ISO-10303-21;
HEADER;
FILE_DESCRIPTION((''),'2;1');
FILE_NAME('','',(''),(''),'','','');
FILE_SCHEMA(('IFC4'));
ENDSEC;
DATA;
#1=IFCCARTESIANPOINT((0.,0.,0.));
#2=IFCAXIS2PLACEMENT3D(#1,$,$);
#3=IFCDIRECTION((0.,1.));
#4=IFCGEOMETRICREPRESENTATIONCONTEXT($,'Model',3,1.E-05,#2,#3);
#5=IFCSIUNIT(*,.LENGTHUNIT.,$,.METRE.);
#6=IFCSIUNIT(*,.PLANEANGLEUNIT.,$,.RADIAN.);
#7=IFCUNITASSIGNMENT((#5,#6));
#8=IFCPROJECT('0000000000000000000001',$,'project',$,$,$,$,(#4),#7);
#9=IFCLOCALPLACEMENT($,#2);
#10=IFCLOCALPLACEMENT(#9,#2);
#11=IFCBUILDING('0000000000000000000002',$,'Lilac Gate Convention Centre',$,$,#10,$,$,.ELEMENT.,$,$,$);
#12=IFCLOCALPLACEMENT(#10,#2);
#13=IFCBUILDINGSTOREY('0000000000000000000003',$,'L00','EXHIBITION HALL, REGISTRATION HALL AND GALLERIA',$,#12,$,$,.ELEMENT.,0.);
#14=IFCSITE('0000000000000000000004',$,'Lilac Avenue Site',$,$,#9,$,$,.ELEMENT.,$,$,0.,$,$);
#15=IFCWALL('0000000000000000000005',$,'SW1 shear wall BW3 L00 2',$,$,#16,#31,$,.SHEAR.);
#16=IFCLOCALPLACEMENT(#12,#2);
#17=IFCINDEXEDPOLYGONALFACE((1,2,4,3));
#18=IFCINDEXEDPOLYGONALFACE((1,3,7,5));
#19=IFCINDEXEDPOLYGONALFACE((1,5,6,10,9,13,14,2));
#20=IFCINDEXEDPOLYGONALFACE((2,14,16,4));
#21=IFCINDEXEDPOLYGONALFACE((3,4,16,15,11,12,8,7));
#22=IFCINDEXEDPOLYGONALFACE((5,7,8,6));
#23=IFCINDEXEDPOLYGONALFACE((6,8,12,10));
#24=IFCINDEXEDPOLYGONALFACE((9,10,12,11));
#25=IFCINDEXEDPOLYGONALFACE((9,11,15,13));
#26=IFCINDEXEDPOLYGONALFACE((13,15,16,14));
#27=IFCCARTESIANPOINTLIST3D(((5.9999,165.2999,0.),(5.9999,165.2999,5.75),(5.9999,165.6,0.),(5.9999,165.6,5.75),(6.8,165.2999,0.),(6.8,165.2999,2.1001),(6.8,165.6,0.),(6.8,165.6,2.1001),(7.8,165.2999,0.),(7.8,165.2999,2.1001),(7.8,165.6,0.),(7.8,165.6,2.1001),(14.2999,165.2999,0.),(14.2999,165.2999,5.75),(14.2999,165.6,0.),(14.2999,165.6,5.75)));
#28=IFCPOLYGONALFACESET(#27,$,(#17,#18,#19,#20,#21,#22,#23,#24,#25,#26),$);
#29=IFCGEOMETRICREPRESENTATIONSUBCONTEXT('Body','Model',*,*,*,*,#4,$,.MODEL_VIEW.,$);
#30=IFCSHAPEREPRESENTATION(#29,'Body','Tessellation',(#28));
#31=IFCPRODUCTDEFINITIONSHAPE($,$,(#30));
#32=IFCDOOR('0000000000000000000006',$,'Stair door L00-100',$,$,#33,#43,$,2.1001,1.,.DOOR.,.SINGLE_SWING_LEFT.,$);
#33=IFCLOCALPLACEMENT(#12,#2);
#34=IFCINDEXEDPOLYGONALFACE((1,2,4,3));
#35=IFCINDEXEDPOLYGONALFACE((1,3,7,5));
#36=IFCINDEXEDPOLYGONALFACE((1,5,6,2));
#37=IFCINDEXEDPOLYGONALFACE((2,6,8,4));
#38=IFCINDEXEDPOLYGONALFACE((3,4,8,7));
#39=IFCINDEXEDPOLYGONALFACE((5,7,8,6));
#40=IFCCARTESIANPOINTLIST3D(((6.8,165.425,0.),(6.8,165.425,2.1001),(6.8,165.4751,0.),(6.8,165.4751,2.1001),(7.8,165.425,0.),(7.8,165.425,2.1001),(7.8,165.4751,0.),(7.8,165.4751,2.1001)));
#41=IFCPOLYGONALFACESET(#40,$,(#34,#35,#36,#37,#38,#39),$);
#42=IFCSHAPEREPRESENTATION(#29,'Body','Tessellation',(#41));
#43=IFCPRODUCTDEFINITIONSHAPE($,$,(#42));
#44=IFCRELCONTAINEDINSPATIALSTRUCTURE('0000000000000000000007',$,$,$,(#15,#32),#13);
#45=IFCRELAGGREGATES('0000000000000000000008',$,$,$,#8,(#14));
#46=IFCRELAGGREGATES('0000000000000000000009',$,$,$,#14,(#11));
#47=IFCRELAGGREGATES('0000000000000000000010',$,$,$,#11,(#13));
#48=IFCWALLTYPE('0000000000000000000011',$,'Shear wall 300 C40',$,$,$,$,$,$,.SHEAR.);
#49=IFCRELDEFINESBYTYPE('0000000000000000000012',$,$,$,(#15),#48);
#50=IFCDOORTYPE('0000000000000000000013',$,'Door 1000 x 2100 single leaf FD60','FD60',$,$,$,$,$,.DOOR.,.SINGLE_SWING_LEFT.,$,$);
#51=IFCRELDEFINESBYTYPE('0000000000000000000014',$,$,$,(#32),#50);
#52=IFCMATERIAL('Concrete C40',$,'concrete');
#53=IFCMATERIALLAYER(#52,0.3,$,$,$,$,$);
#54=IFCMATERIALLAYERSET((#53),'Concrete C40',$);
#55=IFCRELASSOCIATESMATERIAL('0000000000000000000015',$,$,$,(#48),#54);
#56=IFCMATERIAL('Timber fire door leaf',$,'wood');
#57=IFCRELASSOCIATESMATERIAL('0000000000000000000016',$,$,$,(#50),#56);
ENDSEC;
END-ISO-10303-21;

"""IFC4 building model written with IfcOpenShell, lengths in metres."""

from ifc_helpers import new_model, si_unit, direction, frame, frame_2d, origin, place, context, subcontext, project, spatial, rectangle, extrude, material, layer, layer_set, type_object, element, fill, save


model = new_model("IFC4")

# Units and contexts
model_context = context("Model", 3, precision=1e-05, world=origin(), true_north=direction((0.0, 1.0)))
body_context = subcontext(model_context, "Body", "Model", "MODEL_VIEW")
ifc_project = project(units=[si_unit("LENGTHUNIT", "METRE"), si_unit("PLANEANGLEUNIT", "RADIAN")], contexts=[model_context])

# Site, building, storey
site_placement = place(None, origin())
site = spatial("IfcSite", under=ifc_project, at=site_placement, Name="Lilac Avenue Site", CompositionType="ELEMENT", RefElevation=0.0)
building_placement = place(site_placement, origin())
building = spatial("IfcBuilding", under=site, at=building_placement, Name="Lilac Gate Convention Centre", CompositionType="ELEMENT")
storey_placement = place(building_placement, origin())
storey = spatial("IfcBuildingStorey", under=building, at=storey_placement, Name="L00", Description="EXHIBITION HALL, REGISTRATION HALL AND GALLERIA", CompositionType="ELEMENT", Elevation=0.0)

# Shared definitions
ifc_material_1 = material(Name="Concrete C40", Category="concrete")

# Shared definitions
ifc_layer_1 = layer(ifc_material_1, 0.3)
ifc_layer_set_1 = layer_set([ifc_layer_1], Name="Concrete C40")
wall_type_1 = type_object("IfcWallType", Name="Shear wall 300 C40", PredefinedType="SHEAR", material=ifc_layer_set_1)

# Wall, opening, door
wall_1_placement = place(storey_placement, frame((6.0, 165.45, 0.0), z_axis=(0.0, 0.0, 1.0), x_axis=(1.0, 0.0, 0.0)))
wall_1 = element("IfcWall", 1, at=wall_1_placement, inside=storey, type_object=wall_type_1, Name="SW1 shear wall BW3 L00 2", PredefinedType="SHEAR", context=body_context, shape_type="SweptSolid", body=[
    extrude(rectangle(XDim=8.3, YDim=0.3, at=frame_2d((4.1499, 0.0))), origin(), (0.0, 0.0, 1.0), 5.75),
])
opening_placement = place(wall_1_placement, frame((0.8, 0.0, 0.0)))
opening = element("IfcOpeningElement", 2, at=opening_placement, cuts=wall_1, PredefinedType="OPENING", context=body_context, shape_type="SweptSolid", body=[
    extrude(rectangle(XDim=1.0, YDim=2.1001, at=frame_2d((0.5, 1.05))), frame((0.0, 0.1599, 0.0), z_axis=(0.0, -1.0, 0.0), x_axis=(1.0, 0.0, 0.0)), (0.0, 0.0, 1.0), 0.3201),
])
ifc_material_2 = material(Name="Timber fire door leaf", Category="wood")
door_type = type_object("IfcDoorType", Name="Door 1000 x 2100 single leaf FD60", Description="FD60", OperationType="SINGLE_SWING_LEFT", PredefinedType="DOOR", material=ifc_material_2)
door_placement = place(opening_placement, frame((1.0, 0.0, 0.0), z_axis=(0.0, 0.0, 1.0), x_axis=(-1.0, 0.0, 0.0)))
door = element("IfcDoor", 3, at=door_placement, inside=storey, type_object=door_type, Name="Stair door L00-100", OperationType="SINGLE_SWING_LEFT", OverallHeight=2.1001, OverallWidth=1.0, PredefinedType="DOOR", context=body_context, shape_type="SweptSolid", body=[
    extrude(rectangle(XDim=1.0, YDim=2.1001, at=frame_2d((0.5, 1.05))), frame((0.0, 0.0249, 0.0), z_axis=(0.0, -1.0, 0.0), x_axis=(1.0, 0.0, 0.0)), (0.0, 0.0, 1.0), 0.05),
])
fill(opening, door)

save(model, "model.ifc")
